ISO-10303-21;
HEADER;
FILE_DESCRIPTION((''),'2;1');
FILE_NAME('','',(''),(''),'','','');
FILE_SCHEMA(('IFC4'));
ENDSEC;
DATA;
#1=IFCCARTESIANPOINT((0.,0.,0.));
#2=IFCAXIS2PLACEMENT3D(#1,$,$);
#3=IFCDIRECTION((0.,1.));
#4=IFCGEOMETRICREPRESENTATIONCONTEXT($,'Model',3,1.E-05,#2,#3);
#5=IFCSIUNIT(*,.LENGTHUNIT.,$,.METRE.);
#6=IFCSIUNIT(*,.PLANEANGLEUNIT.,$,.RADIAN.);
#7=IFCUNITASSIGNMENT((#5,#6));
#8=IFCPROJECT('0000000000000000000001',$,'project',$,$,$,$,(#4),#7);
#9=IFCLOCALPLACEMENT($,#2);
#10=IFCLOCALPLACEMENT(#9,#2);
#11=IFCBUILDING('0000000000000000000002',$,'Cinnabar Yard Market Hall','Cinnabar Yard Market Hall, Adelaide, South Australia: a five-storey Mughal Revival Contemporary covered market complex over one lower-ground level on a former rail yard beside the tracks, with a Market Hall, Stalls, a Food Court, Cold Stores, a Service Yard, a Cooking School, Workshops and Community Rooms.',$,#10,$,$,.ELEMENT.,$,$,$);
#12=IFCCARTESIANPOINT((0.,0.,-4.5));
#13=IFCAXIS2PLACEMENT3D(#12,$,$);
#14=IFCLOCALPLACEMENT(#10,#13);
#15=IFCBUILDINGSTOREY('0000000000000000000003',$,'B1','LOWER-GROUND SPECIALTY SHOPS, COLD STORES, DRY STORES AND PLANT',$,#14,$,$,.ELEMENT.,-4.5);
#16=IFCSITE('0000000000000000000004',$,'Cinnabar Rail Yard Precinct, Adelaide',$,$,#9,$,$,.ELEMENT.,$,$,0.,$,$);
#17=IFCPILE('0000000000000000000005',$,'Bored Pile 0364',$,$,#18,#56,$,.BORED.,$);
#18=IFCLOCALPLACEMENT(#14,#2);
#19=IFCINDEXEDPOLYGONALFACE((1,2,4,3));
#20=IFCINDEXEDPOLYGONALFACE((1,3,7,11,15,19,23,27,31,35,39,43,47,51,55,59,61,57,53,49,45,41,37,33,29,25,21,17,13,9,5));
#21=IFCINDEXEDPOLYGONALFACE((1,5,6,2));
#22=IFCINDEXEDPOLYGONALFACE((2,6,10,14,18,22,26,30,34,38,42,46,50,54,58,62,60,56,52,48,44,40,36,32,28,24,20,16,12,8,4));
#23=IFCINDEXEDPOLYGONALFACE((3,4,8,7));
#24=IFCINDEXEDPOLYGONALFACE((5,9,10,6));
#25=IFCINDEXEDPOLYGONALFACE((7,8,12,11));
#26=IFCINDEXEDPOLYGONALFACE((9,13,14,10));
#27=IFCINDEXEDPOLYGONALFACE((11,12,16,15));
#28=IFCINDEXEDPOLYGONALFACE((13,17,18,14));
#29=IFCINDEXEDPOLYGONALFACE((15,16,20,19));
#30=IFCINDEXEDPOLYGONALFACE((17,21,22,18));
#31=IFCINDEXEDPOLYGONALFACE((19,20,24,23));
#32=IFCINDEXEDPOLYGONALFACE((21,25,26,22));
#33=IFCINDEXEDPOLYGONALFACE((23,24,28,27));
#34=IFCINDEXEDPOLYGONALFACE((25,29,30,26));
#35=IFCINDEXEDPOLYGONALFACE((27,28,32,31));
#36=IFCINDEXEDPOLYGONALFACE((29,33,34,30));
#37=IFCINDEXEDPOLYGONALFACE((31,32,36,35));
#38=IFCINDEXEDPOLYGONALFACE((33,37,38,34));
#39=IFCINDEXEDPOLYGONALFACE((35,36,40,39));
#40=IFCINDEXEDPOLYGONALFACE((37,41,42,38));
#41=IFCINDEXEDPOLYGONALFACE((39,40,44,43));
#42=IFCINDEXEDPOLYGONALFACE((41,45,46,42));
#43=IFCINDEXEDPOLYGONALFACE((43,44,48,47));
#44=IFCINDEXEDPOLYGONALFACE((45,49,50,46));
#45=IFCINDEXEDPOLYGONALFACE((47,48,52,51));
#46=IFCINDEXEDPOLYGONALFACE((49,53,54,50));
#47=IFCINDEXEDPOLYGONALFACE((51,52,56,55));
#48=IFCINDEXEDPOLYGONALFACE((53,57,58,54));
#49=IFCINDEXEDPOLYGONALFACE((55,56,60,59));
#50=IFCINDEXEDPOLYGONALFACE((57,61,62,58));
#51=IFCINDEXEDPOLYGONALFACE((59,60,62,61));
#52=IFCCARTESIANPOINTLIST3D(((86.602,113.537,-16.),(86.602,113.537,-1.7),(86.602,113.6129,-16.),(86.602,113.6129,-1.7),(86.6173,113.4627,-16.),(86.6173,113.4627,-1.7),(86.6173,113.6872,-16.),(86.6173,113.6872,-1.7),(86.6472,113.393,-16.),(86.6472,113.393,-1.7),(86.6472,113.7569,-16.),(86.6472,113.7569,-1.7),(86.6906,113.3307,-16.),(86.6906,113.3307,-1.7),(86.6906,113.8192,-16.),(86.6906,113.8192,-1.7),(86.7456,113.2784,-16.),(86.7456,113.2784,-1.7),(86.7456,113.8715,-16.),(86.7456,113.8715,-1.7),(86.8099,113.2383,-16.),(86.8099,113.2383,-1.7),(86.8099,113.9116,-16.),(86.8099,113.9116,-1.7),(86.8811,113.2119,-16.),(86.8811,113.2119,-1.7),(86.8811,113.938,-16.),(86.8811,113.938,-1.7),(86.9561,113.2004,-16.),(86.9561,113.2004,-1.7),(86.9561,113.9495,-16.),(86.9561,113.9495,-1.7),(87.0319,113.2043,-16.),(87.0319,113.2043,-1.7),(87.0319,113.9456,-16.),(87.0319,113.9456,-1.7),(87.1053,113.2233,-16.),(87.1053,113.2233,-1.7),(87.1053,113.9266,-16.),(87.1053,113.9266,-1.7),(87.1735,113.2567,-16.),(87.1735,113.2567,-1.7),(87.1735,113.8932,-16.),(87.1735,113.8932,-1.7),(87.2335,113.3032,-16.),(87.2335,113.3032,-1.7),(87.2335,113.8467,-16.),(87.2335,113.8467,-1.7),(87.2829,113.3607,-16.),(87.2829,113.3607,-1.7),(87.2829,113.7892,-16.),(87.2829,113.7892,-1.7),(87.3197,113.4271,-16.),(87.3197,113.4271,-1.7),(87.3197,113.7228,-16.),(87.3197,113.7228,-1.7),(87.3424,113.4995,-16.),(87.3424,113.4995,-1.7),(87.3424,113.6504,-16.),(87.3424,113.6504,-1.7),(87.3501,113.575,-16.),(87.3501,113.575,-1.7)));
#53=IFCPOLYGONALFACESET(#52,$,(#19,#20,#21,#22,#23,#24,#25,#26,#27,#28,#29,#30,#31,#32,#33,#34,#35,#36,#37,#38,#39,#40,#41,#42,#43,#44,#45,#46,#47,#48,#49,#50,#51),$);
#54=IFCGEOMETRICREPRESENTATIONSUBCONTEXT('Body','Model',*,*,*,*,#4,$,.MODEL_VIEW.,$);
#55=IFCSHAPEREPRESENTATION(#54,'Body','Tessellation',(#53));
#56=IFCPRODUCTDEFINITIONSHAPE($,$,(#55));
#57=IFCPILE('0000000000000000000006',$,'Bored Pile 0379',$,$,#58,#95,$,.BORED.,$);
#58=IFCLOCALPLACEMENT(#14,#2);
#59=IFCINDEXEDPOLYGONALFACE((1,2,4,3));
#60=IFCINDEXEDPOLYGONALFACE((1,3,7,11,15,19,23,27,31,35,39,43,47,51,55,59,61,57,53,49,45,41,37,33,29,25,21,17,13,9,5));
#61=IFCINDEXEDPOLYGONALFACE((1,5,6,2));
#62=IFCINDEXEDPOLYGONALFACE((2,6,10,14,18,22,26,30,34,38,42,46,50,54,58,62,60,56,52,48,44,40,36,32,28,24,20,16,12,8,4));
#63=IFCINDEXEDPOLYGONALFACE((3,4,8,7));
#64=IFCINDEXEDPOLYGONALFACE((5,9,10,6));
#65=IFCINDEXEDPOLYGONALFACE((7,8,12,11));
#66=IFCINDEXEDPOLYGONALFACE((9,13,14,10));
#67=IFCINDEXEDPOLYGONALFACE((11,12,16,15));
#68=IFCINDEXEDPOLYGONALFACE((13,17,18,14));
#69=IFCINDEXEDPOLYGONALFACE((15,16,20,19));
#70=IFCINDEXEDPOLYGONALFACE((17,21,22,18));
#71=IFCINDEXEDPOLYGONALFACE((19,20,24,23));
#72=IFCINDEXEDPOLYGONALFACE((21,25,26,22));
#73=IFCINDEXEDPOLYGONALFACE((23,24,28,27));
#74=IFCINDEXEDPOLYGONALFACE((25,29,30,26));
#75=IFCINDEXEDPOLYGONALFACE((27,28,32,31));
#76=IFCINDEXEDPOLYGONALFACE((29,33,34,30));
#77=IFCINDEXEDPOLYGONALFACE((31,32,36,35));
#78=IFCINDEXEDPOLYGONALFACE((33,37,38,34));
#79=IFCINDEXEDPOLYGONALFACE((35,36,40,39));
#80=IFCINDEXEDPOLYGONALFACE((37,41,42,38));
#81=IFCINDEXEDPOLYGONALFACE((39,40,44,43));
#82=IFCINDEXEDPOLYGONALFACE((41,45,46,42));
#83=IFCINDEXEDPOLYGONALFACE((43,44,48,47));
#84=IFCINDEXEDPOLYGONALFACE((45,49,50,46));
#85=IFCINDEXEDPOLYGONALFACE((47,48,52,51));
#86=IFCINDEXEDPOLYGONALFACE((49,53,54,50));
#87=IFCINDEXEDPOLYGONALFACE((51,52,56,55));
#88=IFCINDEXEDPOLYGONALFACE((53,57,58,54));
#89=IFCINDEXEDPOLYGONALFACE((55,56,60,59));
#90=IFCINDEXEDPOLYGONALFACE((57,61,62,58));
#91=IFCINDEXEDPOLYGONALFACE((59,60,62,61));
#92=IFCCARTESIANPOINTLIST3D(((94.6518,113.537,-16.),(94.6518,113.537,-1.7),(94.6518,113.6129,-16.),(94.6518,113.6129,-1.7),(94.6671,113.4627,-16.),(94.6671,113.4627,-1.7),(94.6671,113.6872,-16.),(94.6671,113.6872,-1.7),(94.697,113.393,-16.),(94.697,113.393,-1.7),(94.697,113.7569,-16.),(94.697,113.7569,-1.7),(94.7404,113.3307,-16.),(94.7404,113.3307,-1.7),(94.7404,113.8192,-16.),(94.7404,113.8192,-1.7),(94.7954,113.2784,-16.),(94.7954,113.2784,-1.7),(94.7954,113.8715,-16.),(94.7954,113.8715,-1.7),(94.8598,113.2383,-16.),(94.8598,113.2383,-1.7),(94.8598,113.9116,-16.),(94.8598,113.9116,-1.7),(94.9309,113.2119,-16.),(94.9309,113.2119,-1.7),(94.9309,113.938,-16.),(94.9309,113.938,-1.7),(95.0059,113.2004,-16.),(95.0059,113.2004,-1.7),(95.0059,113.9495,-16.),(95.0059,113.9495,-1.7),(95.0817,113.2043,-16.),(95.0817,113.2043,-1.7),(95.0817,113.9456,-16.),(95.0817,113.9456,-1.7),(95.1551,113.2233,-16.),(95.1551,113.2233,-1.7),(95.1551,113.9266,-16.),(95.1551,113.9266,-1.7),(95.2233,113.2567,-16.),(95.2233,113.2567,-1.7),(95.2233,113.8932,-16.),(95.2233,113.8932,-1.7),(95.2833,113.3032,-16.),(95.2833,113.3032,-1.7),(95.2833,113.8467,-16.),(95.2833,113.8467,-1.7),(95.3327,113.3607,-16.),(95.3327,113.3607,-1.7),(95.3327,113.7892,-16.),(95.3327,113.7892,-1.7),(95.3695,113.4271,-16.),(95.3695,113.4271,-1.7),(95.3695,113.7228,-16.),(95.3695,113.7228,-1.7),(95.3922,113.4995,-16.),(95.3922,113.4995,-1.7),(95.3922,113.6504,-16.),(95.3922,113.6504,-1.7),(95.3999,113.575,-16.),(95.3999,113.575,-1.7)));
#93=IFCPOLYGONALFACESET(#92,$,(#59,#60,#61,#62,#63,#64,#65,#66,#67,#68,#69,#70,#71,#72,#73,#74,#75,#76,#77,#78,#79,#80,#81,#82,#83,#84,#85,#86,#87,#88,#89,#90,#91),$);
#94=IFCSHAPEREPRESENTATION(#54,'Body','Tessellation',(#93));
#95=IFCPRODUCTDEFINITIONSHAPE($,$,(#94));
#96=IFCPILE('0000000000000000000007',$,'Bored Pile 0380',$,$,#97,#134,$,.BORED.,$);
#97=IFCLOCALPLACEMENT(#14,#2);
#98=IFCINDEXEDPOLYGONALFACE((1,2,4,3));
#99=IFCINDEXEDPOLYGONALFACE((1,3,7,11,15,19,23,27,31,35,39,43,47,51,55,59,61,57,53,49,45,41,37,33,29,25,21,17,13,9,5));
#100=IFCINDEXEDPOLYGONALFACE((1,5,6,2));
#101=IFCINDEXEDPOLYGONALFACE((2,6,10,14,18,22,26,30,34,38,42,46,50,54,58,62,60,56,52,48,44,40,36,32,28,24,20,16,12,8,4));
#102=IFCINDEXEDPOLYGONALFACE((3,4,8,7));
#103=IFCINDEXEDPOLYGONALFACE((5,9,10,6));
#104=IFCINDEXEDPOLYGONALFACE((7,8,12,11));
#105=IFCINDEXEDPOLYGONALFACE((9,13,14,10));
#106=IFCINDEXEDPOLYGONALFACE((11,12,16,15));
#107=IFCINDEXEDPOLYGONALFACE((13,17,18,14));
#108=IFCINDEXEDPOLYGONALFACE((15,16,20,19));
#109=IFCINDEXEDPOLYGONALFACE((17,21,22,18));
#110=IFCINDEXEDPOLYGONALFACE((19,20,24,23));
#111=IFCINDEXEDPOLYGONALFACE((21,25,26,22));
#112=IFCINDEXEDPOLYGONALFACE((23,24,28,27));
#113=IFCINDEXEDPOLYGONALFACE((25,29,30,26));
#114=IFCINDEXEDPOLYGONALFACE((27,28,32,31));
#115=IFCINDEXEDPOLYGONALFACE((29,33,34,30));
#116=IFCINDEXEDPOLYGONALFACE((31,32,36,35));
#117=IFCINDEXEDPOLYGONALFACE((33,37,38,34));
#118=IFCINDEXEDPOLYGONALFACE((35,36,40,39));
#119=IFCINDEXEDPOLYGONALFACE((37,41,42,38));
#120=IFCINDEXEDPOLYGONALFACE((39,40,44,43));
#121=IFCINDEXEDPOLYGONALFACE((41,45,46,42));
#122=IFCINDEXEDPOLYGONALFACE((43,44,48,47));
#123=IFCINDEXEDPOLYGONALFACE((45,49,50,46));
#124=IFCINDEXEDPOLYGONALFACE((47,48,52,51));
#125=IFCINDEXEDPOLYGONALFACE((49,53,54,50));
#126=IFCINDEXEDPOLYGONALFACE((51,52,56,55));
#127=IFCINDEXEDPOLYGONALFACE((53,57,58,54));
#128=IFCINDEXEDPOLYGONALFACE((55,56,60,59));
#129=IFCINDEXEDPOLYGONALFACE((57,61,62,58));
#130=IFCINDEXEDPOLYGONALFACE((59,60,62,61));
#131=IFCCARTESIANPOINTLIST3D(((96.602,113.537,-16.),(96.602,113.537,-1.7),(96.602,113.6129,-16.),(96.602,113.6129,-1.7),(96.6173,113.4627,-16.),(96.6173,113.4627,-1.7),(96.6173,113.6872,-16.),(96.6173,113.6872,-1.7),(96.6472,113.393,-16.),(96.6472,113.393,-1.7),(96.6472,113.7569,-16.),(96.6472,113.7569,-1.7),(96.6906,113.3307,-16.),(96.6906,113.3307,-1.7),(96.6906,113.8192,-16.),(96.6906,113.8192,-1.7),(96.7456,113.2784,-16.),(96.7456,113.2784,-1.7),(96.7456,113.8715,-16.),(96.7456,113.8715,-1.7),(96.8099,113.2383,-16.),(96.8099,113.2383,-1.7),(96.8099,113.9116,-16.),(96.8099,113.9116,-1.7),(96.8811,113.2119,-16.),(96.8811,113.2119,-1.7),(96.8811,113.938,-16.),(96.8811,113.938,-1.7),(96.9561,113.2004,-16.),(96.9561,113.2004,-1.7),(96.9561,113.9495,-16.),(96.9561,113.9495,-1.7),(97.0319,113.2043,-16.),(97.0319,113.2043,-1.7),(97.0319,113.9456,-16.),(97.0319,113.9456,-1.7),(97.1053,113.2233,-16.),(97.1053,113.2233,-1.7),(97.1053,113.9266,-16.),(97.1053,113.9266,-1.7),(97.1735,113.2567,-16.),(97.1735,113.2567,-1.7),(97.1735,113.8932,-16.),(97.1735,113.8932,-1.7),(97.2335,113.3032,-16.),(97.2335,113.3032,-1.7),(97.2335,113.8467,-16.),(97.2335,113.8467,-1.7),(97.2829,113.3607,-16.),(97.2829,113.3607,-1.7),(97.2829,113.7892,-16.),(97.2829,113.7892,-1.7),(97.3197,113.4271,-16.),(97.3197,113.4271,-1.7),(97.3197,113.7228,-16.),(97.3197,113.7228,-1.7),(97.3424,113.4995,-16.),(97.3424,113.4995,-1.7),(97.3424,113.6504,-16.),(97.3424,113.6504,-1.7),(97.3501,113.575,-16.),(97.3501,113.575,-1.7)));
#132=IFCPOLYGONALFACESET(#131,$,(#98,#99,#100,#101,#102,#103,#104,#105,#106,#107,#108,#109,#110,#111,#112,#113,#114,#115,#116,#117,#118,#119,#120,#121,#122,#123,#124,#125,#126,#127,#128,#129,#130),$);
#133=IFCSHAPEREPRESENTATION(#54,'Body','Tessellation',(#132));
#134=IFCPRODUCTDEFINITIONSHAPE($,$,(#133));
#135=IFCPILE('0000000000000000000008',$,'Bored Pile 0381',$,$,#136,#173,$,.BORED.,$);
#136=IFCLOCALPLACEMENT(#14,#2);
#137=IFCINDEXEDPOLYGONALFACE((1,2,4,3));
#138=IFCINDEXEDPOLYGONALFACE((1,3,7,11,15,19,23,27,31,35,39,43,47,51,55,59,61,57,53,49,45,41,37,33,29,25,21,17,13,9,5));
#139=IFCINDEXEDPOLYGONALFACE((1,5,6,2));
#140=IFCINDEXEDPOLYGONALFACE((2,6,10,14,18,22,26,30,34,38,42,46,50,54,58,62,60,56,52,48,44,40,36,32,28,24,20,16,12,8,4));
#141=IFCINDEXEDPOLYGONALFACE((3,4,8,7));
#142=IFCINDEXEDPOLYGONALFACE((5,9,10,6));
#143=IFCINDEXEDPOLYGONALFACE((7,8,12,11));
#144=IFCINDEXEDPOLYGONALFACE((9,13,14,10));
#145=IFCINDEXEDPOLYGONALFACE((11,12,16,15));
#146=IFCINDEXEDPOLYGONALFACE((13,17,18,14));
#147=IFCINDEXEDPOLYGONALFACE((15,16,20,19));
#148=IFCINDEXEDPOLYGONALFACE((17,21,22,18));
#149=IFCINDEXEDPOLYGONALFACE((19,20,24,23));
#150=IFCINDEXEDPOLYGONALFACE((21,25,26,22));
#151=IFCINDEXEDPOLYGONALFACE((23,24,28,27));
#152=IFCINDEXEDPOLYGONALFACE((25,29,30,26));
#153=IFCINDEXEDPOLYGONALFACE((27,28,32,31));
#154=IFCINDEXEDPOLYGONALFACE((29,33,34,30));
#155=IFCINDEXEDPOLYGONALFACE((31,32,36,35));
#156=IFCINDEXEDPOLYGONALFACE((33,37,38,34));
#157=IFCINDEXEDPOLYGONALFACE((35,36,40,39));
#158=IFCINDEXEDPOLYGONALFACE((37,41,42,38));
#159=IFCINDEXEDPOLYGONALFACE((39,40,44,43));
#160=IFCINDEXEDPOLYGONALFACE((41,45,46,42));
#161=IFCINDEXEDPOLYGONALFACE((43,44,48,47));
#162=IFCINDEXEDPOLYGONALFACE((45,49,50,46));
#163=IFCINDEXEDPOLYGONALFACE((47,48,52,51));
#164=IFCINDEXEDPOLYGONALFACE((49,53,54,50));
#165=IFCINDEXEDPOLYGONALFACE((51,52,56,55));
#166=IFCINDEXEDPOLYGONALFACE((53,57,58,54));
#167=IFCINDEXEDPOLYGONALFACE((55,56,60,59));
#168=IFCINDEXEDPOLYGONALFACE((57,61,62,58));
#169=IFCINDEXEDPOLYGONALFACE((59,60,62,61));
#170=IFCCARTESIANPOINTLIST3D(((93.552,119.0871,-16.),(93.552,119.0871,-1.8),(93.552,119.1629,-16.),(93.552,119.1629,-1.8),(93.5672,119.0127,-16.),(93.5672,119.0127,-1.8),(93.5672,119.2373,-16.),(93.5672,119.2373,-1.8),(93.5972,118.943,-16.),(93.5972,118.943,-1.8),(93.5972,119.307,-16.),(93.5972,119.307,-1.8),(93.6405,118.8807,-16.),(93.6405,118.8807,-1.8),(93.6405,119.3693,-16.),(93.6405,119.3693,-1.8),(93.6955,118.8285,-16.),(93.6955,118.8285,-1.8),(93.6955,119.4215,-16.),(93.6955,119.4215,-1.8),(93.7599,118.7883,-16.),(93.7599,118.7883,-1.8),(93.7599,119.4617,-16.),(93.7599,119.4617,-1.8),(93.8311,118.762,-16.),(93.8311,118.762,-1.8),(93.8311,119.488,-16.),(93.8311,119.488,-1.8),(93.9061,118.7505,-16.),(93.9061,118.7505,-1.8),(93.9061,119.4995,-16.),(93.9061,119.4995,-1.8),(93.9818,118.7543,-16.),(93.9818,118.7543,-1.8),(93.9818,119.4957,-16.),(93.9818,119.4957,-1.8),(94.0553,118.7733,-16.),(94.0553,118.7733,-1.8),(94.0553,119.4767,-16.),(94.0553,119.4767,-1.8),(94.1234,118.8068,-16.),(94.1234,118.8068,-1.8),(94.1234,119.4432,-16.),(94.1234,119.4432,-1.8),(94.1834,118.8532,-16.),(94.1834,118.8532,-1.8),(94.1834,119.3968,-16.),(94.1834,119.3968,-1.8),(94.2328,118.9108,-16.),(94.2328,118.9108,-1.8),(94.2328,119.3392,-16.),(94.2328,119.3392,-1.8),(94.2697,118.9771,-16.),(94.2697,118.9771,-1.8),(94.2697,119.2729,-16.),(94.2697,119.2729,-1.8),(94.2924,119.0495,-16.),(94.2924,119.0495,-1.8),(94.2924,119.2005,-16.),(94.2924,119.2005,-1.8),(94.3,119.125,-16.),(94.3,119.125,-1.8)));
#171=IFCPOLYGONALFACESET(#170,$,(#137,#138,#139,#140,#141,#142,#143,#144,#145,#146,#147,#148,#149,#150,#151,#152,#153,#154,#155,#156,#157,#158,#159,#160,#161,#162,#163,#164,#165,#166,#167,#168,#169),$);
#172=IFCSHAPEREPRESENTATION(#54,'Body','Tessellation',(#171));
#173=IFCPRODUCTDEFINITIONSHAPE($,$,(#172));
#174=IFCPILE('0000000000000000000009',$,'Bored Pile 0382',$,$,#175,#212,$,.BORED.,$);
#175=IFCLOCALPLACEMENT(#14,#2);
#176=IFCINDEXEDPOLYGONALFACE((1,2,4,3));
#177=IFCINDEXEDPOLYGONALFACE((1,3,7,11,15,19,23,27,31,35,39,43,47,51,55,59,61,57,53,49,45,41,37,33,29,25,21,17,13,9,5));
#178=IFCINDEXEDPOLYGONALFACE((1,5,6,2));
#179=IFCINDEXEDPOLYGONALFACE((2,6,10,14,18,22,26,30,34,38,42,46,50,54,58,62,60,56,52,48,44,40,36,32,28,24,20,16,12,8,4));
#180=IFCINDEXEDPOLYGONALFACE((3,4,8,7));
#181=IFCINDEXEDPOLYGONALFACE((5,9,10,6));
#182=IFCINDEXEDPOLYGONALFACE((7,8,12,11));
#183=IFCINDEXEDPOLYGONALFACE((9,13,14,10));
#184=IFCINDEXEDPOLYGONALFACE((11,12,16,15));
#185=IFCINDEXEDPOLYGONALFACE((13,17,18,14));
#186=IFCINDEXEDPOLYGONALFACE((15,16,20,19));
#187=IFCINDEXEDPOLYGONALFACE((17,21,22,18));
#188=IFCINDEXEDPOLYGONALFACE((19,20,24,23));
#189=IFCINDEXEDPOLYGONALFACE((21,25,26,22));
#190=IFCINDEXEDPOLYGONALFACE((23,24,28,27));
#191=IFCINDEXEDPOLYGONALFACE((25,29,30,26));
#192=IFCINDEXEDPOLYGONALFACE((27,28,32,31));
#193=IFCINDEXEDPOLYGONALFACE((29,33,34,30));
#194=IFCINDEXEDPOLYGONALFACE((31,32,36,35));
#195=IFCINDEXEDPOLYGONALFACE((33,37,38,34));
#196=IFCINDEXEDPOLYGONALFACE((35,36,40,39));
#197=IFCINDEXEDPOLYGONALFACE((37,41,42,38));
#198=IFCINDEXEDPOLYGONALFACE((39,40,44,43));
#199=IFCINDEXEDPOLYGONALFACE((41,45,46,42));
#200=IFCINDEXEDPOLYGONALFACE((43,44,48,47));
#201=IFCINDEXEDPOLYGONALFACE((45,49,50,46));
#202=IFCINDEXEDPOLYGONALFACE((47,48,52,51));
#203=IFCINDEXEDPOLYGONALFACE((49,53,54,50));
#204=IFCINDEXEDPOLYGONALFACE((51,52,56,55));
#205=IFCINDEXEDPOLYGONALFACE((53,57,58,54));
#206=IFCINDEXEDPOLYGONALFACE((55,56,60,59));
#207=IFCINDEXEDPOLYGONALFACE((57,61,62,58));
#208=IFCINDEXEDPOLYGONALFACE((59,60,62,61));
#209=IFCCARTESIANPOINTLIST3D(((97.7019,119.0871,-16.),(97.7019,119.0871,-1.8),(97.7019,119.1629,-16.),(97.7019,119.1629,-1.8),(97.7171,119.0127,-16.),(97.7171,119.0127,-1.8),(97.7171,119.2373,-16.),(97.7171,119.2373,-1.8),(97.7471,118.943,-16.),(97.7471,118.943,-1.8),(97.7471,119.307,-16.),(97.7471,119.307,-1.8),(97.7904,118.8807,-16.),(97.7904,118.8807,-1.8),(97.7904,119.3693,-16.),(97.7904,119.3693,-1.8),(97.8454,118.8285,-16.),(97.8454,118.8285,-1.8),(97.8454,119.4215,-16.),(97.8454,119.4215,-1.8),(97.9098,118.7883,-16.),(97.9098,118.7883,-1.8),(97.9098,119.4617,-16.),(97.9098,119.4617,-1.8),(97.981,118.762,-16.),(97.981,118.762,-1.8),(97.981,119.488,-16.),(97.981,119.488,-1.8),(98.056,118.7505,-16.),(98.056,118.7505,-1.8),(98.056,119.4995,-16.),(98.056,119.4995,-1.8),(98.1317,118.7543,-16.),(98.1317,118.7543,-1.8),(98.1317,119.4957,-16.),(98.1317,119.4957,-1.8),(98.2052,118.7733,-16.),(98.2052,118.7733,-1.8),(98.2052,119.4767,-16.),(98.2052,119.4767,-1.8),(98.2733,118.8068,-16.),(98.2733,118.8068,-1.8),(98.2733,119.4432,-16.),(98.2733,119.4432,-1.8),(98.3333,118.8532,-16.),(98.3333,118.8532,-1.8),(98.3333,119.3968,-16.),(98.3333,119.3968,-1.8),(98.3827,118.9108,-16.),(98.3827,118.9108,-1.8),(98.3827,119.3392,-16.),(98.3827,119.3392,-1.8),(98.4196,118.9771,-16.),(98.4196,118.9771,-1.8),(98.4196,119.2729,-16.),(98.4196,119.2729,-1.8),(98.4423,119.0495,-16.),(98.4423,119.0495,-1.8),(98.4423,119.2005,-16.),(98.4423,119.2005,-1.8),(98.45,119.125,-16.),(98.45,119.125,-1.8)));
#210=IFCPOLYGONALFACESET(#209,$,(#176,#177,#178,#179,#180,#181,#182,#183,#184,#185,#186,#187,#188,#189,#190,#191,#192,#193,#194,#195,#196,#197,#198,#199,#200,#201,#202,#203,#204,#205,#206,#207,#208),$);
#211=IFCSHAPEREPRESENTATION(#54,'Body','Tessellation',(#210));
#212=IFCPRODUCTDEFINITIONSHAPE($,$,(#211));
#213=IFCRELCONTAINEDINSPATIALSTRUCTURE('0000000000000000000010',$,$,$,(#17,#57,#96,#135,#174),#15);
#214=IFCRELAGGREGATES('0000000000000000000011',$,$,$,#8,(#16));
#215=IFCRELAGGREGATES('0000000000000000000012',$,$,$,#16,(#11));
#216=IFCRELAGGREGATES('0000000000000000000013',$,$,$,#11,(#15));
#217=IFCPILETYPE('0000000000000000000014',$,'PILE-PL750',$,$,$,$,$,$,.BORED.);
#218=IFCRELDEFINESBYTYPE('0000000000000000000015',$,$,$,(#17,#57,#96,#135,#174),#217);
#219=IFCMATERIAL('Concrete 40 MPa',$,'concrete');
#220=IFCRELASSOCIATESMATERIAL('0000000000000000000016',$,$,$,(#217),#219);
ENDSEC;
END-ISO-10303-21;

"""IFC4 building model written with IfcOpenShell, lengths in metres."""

from ifc_helpers import new_model, si_unit, direction, frame, origin, origin_2d_with_axis, place, context, subcontext, project, spatial, circle, extrude, material, material_profile, profile_set, type_object, element, save


model = new_model("IFC4")

# Units and contexts
model_context = context("Model", 3, precision=1e-05, world=origin(), true_north=direction((0.0, 1.0)))
body_context = subcontext(model_context, "Body", "Model", "MODEL_VIEW")
ifc_project = project(units=[si_unit("LENGTHUNIT", "METRE"), si_unit("PLANEANGLEUNIT", "RADIAN")], contexts=[model_context])

# Site, building, storey
site_placement = place(None, origin())
site = spatial("IfcSite", under=ifc_project, at=site_placement, Name="Cinnabar Rail Yard Precinct, Adelaide", CompositionType="ELEMENT", RefElevation=0.0)
building_placement = place(site_placement, origin())
building = spatial("IfcBuilding", under=site, at=building_placement, Name="Cinnabar Yard Market Hall", Description="Cinnabar Yard Market Hall, Adelaide, South Australia: a five-storey Mughal Revival Contemporary covered market complex over one lower-ground level on a former rail yard beside the tracks, with a Market Hall, Stalls, a Food Court, Cold Stores, a Service Yard, a Cooking School, Workshops and Community Rooms.", CompositionType="ELEMENT")
storey_placement = place(building_placement, frame((0.0, 0.0, -4.5)))
storey = spatial("IfcBuildingStorey", under=building, at=storey_placement, Name="B1", Description="LOWER-GROUND SPECIALTY SHOPS, COLD STORES, DRY STORES AND PLANT", CompositionType="ELEMENT", Elevation=-4.5)

# Shared definitions
ifc_material_1 = material(Name="Concrete 40 MPa", Category="concrete")

# Piles
ifc_material_profile_1 = material_profile(ifc_material_1, circle(Radius=0.375, at=origin_2d_with_axis()), Name="PILE-D750")
ifc_profile_set_1 = profile_set([ifc_material_profile_1], Name="Concrete 40 MPa")
pile_type_1 = type_object("IfcPileType", Name="PILE-PL750", PredefinedType="BORED", material=ifc_profile_set_1)
for number, where, z_axis, x_axis, name in (
    (1, (86.9751, 113.575, -1.7), (0.0, 0.0, -1.0), (1.0, 0.0, 0.0), "Bored Pile 0364"),
    (2, (95.0249, 113.575, -1.7), (0.0, 0.0, -1.0), (1.0, 0.0, 0.0), "Bored Pile 0379"),
    (3, (96.9751, 113.575, -1.7), (0.0, 0.0, -1.0), (1.0, 0.0, 0.0), "Bored Pile 0380"),
):
    element("IfcPile", number, at=place(storey_placement, frame(where, z_axis=z_axis, x_axis=x_axis)), inside=storey, type_object=pile_type_1, Name=name, PredefinedType="BORED", context=body_context, shape_type="SweptSolid", body=[
        extrude(circle(Radius=0.375, at=origin_2d_with_axis()), origin(), (0.0, 0.0, 1.0), 14.3),
    ])
for number, where, z_axis, x_axis, name in (
    (4, (93.925, 119.125, -1.8), (0.0, 0.0, -1.0), (1.0, 0.0, 0.0), "Bored Pile 0381"),
    (5, (98.075, 119.125, -1.8), (0.0, 0.0, -1.0), (1.0, 0.0, 0.0), "Bored Pile 0382"),
):
    element("IfcPile", number, at=place(storey_placement, frame(where, z_axis=z_axis, x_axis=x_axis)), inside=storey, type_object=pile_type_1, Name=name, PredefinedType="BORED", context=body_context, shape_type="SweptSolid", body=[
        extrude(circle(Radius=0.375, at=origin_2d_with_axis()), origin(), (0.0, 0.0, 1.0), 14.2),
    ])

save(model, "model.ifc")
